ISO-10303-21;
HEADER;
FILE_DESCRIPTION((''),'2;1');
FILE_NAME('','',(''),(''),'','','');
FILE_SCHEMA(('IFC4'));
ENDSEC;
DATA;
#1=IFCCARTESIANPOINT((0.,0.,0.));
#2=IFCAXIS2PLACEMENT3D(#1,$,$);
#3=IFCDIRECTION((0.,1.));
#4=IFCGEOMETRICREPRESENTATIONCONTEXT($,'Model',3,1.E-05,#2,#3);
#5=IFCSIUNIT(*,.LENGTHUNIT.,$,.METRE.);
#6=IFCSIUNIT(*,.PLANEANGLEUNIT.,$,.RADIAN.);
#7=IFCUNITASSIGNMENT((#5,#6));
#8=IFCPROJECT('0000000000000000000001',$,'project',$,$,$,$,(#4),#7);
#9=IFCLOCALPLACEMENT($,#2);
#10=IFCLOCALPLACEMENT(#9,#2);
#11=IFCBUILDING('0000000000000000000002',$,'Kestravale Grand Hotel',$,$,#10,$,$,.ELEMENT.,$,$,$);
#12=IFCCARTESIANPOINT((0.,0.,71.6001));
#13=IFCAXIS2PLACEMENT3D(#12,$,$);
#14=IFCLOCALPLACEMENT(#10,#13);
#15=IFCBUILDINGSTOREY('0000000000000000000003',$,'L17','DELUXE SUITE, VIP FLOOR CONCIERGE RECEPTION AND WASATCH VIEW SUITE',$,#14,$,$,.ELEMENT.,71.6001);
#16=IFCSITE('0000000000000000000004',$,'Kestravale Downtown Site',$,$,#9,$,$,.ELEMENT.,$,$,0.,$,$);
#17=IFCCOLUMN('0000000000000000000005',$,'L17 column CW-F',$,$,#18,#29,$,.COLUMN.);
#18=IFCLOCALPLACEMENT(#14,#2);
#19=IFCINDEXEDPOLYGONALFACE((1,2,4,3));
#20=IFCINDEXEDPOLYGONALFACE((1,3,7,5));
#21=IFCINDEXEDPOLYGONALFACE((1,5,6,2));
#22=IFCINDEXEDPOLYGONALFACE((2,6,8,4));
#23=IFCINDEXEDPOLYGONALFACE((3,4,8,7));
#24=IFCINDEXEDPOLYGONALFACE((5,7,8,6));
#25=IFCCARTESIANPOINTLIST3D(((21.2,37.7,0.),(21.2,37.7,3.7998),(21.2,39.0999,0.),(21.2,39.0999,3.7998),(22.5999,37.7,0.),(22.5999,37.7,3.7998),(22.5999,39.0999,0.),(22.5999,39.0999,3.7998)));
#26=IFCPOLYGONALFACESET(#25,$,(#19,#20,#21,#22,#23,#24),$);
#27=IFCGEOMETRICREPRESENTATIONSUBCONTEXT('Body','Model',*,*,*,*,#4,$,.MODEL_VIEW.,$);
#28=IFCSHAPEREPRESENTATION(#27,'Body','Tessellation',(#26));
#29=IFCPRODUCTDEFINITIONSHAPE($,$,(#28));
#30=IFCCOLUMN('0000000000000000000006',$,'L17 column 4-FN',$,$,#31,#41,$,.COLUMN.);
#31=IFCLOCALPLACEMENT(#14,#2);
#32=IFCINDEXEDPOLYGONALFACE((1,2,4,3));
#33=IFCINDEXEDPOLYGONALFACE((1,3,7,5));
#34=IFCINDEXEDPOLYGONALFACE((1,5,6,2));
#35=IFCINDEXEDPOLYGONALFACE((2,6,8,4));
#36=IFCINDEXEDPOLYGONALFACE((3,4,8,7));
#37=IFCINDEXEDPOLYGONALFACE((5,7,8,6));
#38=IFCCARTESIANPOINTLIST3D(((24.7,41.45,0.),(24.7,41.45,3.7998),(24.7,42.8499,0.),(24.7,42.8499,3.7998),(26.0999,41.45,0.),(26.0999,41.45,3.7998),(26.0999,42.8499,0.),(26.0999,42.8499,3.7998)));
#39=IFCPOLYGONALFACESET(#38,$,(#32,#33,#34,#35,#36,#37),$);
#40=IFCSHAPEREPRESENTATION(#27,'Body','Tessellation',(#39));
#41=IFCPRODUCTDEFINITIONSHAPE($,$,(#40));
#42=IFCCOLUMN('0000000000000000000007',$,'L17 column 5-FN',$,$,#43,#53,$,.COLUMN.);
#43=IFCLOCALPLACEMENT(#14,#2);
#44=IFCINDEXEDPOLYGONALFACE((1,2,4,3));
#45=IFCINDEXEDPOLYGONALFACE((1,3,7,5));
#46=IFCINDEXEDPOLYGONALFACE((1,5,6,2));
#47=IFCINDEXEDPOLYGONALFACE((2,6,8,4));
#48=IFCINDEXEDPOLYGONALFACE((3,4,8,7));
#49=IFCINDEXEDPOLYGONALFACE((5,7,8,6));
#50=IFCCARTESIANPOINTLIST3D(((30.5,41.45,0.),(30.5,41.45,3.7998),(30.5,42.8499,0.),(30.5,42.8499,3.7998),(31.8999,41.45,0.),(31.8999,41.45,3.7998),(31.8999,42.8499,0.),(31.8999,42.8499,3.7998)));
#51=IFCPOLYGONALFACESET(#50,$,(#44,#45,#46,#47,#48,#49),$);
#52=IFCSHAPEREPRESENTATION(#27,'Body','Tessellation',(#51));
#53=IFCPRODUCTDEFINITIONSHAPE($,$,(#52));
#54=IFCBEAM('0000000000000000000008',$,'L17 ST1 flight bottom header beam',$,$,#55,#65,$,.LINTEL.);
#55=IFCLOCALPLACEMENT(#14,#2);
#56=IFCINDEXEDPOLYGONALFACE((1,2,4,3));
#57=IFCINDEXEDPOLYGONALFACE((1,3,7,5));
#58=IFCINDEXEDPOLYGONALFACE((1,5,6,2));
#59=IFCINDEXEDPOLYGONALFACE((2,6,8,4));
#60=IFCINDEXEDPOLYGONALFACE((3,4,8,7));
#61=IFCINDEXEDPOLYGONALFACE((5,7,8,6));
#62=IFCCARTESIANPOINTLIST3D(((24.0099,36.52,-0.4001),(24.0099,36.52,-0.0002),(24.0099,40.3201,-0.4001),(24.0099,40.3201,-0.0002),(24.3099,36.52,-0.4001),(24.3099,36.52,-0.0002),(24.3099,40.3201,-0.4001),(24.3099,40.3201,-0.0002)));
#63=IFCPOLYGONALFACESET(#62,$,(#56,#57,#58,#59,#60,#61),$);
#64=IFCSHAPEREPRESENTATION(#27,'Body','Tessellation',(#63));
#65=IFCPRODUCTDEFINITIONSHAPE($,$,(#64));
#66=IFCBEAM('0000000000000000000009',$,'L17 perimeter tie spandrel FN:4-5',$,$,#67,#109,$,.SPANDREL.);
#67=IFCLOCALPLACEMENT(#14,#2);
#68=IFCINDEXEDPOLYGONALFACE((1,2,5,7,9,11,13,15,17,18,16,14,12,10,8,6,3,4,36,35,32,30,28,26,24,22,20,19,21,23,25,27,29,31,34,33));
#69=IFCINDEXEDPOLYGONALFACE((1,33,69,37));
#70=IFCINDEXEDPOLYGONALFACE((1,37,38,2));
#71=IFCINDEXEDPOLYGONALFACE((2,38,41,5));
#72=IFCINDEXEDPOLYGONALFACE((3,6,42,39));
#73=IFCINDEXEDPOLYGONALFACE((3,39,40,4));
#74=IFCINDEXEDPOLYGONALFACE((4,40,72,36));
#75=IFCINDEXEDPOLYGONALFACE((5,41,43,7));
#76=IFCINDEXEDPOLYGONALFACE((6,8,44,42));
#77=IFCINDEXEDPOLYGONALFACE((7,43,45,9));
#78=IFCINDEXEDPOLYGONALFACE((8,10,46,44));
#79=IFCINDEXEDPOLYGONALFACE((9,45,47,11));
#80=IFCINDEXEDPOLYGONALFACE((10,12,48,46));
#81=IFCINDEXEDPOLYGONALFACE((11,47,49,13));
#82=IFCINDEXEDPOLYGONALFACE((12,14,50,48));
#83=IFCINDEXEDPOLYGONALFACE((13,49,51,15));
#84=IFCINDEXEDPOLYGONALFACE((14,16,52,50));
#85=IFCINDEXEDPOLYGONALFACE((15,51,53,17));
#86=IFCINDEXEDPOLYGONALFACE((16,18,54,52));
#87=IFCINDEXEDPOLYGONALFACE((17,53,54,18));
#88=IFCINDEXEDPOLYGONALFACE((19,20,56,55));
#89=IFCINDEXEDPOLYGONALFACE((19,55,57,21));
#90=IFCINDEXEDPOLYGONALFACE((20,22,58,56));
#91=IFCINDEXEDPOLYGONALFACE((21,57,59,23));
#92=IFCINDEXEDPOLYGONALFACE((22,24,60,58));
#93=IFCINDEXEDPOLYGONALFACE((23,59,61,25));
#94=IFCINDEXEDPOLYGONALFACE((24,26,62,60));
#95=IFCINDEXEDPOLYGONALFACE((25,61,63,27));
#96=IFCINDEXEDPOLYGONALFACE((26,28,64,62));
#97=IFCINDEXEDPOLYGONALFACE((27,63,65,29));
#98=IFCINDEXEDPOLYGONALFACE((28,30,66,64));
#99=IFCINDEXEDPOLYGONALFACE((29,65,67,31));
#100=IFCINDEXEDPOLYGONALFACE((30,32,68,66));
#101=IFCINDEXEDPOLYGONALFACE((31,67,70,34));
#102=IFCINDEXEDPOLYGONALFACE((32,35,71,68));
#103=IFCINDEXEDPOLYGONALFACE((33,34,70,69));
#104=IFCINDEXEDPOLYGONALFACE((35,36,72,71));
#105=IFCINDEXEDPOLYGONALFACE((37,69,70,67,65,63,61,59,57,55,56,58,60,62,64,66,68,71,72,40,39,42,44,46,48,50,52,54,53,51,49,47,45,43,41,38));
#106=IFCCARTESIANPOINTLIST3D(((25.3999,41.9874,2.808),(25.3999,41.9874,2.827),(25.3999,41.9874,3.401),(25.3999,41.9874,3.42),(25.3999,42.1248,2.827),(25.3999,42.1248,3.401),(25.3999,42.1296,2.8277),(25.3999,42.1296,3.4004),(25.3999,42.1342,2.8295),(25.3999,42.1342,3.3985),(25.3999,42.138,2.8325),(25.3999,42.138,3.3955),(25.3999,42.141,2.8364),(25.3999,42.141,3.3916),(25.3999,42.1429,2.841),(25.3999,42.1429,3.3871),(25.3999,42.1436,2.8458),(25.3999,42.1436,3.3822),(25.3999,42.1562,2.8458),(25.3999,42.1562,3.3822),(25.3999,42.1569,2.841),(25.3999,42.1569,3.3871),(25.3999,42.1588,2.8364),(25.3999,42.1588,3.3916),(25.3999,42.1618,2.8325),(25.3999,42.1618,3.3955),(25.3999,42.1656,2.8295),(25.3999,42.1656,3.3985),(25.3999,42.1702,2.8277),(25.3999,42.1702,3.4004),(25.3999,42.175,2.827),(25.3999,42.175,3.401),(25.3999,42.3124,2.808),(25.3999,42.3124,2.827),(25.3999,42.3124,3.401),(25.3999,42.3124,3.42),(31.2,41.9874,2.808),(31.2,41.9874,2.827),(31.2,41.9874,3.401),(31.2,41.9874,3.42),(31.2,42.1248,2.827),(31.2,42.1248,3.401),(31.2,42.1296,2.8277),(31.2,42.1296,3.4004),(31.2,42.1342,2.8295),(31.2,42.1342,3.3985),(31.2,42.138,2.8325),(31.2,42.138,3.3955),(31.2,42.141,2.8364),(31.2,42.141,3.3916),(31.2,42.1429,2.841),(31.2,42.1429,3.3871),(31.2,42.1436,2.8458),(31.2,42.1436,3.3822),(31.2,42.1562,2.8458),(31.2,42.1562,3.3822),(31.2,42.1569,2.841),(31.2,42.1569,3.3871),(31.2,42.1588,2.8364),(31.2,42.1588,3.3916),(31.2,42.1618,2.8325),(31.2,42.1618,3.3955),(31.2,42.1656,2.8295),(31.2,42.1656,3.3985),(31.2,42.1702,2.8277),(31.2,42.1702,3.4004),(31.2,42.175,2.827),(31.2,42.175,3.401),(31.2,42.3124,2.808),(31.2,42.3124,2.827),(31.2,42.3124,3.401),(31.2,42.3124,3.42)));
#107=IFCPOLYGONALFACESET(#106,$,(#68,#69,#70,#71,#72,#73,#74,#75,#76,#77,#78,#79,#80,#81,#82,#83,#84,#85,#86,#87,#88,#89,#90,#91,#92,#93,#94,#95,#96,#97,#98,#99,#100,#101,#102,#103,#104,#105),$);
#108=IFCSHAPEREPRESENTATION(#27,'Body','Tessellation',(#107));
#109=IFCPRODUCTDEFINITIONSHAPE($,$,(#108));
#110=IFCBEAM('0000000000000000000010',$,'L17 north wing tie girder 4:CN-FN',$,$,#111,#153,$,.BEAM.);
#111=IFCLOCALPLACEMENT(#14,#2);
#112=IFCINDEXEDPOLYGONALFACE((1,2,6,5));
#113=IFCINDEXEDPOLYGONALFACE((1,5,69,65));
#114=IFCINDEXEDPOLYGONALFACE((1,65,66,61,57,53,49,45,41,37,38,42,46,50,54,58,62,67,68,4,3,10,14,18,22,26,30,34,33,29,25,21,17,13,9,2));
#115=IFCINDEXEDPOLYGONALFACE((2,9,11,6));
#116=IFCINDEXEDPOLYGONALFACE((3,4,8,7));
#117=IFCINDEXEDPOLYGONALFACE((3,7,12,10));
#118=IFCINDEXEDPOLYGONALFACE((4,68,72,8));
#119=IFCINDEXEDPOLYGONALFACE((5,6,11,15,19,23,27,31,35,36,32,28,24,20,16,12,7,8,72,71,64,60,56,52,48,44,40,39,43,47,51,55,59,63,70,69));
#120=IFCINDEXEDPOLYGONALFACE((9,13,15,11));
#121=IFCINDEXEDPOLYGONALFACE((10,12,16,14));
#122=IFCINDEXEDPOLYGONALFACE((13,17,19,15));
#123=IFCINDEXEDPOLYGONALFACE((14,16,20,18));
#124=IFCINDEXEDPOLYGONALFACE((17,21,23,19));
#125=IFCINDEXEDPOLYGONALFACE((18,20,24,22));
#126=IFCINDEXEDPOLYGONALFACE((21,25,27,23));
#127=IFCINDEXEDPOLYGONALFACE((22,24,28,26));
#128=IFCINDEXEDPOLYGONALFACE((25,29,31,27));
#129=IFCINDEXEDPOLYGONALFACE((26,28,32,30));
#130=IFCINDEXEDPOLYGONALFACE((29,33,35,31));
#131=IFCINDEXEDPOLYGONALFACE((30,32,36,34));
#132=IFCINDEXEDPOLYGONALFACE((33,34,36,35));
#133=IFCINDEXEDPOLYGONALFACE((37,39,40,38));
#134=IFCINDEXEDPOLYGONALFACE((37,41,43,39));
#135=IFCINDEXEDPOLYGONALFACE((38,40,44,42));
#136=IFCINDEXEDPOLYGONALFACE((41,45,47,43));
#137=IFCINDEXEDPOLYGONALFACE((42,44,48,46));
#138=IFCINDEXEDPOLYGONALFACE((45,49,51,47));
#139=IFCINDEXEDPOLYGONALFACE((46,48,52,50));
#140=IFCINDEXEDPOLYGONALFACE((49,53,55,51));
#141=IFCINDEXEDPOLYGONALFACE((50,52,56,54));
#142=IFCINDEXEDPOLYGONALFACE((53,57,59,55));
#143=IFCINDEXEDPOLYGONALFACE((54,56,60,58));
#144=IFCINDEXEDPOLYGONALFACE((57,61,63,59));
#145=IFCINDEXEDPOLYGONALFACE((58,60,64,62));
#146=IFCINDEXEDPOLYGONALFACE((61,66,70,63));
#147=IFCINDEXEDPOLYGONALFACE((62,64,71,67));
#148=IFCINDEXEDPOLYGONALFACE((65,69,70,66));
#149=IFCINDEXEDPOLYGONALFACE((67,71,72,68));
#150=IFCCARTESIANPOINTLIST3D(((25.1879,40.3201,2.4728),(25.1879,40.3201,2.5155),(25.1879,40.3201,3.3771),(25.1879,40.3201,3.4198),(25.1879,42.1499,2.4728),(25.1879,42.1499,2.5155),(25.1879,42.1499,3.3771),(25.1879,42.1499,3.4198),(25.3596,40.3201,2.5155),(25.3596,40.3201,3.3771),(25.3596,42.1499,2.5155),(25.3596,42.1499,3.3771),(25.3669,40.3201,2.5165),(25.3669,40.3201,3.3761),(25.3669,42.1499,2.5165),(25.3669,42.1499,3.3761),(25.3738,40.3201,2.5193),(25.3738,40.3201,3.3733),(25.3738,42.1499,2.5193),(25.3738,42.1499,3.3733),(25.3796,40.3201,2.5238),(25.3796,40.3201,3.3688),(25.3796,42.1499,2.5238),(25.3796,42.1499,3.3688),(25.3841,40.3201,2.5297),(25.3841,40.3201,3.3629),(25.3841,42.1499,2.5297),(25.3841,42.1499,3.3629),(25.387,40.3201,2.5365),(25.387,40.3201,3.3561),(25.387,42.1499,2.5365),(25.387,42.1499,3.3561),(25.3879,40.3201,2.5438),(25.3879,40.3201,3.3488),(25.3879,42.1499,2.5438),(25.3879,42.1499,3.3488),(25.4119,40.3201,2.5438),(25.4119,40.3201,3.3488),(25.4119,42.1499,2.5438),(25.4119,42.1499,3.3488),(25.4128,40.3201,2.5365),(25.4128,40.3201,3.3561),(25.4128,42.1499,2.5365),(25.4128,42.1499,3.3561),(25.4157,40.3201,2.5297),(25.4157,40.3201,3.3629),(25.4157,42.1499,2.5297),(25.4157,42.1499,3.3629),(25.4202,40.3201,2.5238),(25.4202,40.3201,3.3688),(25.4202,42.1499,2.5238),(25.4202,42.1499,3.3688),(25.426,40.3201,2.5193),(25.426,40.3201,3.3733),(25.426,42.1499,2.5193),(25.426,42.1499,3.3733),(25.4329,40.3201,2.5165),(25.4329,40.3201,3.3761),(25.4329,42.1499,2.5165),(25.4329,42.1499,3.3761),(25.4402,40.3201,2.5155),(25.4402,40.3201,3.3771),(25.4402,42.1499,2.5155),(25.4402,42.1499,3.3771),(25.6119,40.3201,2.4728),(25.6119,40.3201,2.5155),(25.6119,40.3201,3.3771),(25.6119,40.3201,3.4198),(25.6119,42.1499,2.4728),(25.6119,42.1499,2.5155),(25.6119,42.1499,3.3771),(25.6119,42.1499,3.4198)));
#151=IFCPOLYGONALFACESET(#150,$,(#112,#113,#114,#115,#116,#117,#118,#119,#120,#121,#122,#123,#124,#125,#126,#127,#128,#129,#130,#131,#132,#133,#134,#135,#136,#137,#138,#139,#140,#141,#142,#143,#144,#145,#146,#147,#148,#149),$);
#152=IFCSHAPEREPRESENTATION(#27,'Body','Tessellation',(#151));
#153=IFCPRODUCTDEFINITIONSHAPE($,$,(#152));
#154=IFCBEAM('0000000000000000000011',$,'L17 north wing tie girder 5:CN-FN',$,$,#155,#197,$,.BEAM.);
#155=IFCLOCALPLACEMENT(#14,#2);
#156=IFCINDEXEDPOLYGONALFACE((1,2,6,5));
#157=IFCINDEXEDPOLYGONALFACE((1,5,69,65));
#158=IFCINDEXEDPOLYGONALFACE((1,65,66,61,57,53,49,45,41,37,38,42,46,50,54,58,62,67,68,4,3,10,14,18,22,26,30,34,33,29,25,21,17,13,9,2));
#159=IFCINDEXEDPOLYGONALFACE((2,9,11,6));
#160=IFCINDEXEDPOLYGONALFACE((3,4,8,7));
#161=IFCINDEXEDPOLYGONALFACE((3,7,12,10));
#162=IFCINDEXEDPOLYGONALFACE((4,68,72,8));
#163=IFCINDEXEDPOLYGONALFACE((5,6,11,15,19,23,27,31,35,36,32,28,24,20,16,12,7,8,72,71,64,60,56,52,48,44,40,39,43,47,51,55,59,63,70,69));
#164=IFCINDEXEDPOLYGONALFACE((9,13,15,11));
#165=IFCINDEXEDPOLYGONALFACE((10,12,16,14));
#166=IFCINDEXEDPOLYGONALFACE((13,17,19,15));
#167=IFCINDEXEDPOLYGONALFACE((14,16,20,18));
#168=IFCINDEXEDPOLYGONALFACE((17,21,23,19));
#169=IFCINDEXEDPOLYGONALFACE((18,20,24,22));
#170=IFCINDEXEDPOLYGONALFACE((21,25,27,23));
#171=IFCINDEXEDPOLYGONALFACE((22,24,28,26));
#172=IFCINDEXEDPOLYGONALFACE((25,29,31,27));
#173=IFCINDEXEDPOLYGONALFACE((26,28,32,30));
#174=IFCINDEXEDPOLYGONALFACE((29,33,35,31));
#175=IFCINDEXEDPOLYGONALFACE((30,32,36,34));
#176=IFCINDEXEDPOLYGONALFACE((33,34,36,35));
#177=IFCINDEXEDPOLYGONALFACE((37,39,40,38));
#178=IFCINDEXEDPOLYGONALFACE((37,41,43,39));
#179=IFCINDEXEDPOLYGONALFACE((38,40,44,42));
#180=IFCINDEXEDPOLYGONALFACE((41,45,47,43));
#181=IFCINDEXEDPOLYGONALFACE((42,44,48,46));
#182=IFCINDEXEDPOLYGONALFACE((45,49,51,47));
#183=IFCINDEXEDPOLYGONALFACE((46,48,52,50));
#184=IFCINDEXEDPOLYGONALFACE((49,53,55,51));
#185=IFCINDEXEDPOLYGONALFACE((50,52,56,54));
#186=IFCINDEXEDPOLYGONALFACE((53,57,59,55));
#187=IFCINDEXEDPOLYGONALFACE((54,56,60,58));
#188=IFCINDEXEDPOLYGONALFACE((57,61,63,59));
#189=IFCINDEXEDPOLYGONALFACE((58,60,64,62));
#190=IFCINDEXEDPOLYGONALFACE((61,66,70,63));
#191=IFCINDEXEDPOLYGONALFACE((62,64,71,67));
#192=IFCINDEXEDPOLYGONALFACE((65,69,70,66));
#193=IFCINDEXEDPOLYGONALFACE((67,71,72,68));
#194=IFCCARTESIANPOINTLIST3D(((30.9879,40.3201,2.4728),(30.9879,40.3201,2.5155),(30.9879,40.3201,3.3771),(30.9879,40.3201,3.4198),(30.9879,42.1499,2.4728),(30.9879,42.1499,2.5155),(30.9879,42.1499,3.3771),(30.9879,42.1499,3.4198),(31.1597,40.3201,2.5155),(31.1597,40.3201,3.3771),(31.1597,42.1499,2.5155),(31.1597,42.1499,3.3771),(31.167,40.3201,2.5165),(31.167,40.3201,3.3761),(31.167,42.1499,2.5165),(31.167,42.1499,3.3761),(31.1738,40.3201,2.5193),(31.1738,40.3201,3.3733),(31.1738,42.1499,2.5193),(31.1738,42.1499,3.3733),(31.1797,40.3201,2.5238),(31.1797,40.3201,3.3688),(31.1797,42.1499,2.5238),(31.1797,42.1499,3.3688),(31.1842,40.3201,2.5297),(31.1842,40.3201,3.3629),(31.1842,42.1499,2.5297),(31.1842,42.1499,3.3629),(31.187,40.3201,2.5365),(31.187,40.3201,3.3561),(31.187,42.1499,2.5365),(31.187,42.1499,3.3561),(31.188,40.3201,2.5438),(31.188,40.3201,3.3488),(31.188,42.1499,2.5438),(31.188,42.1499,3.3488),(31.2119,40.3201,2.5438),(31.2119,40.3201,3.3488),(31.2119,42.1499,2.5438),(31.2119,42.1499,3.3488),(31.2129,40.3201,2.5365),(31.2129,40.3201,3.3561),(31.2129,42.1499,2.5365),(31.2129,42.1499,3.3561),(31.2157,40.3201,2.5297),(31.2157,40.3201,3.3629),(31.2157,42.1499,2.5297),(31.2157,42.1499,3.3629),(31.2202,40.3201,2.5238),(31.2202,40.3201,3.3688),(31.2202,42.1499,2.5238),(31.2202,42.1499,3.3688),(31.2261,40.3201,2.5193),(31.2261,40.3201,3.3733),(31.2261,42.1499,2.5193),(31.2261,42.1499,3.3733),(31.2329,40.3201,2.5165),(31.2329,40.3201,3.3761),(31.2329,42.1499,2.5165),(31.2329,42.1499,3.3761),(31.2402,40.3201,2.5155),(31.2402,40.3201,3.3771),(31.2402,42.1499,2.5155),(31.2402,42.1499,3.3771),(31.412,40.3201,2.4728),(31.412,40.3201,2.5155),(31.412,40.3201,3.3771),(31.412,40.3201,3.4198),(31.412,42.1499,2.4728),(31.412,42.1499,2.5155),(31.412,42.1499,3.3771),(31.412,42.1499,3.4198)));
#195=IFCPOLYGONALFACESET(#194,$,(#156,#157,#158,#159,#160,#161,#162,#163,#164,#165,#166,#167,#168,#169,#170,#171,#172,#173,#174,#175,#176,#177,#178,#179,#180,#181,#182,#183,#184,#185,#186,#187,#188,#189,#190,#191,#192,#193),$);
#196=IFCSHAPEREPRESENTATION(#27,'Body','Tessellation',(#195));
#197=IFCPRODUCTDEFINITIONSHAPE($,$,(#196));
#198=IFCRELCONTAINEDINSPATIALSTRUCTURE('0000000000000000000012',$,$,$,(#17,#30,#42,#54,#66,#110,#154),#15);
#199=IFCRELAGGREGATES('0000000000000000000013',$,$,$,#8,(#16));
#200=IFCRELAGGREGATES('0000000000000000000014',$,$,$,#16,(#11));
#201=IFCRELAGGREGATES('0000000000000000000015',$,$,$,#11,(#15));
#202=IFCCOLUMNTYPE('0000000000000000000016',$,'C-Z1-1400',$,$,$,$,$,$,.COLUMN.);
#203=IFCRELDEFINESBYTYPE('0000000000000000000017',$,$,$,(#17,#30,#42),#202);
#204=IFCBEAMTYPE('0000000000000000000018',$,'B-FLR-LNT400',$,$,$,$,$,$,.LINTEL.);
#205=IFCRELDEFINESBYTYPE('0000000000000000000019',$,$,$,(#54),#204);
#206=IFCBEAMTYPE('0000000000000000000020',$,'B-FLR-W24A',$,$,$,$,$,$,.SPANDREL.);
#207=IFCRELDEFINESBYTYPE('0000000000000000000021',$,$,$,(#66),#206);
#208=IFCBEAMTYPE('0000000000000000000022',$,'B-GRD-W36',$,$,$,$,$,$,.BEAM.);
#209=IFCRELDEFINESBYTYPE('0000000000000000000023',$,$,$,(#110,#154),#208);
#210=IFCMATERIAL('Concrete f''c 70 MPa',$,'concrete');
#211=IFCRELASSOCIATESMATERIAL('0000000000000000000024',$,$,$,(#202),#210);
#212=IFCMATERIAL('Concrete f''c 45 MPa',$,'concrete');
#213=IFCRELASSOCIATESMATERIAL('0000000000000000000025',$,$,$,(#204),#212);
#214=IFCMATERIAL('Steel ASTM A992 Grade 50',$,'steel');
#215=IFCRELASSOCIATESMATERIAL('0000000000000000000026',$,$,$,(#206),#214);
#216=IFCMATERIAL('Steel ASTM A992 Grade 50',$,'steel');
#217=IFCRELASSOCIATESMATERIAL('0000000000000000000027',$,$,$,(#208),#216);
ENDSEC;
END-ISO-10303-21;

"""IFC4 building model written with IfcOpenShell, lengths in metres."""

from ifc_helpers import new_model, si_unit, direction, frame, origin, origin_2d, place, context, subcontext, project, spatial, rectangle, i_section, extrude, material, material_profile, profile_set, type_object, element, save


model = new_model("IFC4")

# Units and contexts
model_context = context("Model", 3, precision=1e-05, world=origin(), true_north=direction((0.0, 1.0)))
body_context = subcontext(model_context, "Body", "Model", "MODEL_VIEW")
ifc_project = project(units=[si_unit("LENGTHUNIT", "METRE"), si_unit("PLANEANGLEUNIT", "RADIAN")], contexts=[model_context])

# Site, building, storey
site_placement = place(None, origin())
site = spatial("IfcSite", under=ifc_project, at=site_placement, Name="Kestravale Downtown Site", CompositionType="ELEMENT", RefElevation=0.0)
building_placement = place(site_placement, origin())
building = spatial("IfcBuilding", under=site, at=building_placement, Name="Kestravale Grand Hotel", CompositionType="ELEMENT")
storey_placement = place(building_placement, frame((0.0, 0.0, 71.6001)))
storey = spatial("IfcBuildingStorey", under=building, at=storey_placement, Name="L17", Description="DELUXE SUITE, VIP FLOOR CONCIERGE RECEPTION AND WASATCH VIEW SUITE", CompositionType="ELEMENT", Elevation=71.6001)

# Columns
ifc_material_1 = material(Name="Concrete f'c 70 MPa", Category="concrete")
ifc_material_profile_1 = material_profile(ifc_material_1, rectangle(XDim=1.3999, YDim=1.3999, at=origin_2d()))
ifc_profile_set_1 = profile_set([ifc_material_profile_1], Name="Concrete f'c 70 MPa")
column_type = type_object("IfcColumnType", Name="C-Z1-1400", PredefinedType="COLUMN", material=ifc_profile_set_1)
for number, where, z_axis, x_axis, name in (
    (1, (21.8999, 38.3999, 0.0), (0.0, 0.0, 1.0), (1.0, 0.0, 0.0), "L17 column CW-F"),
    (2, (25.3999, 42.1499, 0.0), (0.0, 0.0, 1.0), (1.0, 0.0, 0.0), "L17 column 4-FN"),
    (3, (31.2, 42.1499, 0.0), (0.0, 0.0, 1.0), (1.0, 0.0, 0.0), "L17 column 5-FN"),
):
    element("IfcColumn", number, at=place(storey_placement, frame(where, z_axis=z_axis, x_axis=x_axis)), inside=storey, type_object=column_type, Name=name, PredefinedType="COLUMN", context=body_context, shape_type="SweptSolid", body=[
        extrude(rectangle(XDim=1.3999, YDim=1.3999, at=origin_2d()), origin(), (0.0, 0.0, 1.0), 3.7998),
    ])

# Beams
ifc_material_2 = material(Name="Concrete f'c 45 MPa", Category="concrete")
ifc_material_profile_2 = material_profile(ifc_material_2, rectangle(XDim=0.3, YDim=0.3999, at=origin_2d()))
ifc_profile_set_2 = profile_set([ifc_material_profile_2], Name="Concrete f'c 45 MPa")
beam_type_1 = type_object("IfcBeamType", Name="B-FLR-LNT400", PredefinedType="LINTEL", material=ifc_profile_set_2)
beam_1_placement = place(storey_placement, frame((24.1599, 36.52, -0.2002), z_axis=(0.0, 1.0, 0.0), x_axis=(-1.0, 0.0, 0.0)))
element("IfcBeam", 4, at=beam_1_placement, inside=storey, type_object=beam_type_1, Name="L17 ST1 flight bottom header beam", PredefinedType="LINTEL", context=body_context, shape_type="SweptSolid", body=[
    extrude(rectangle(XDim=0.3, YDim=0.3999, at=origin_2d()), origin(), (0.0, 0.0, 1.0), 3.8),
])
ifc_material_3 = material(Name="Steel ASTM A992 Grade 50", Category="steel")
ifc_material_profile_3 = material_profile(ifc_material_3, i_section(OverallWidth=0.325, OverallDepth=0.6121, WebThickness=0.0127, FlangeThickness=0.019, FilletRadius=0.0188, at=origin_2d()))
ifc_profile_set_3 = profile_set([ifc_material_profile_3], Name="Steel ASTM A992 Grade 50")
beam_type_2 = type_object("IfcBeamType", Name="B-FLR-W24A", PredefinedType="SPANDREL", material=ifc_profile_set_3)
beam_2_placement = place(storey_placement, frame((25.3999, 42.1499, 3.114), z_axis=(1.0, 0.0, 0.0), x_axis=(0.0, 1.0, 0.0)))
element("IfcBeam", 5, at=beam_2_placement, inside=storey, type_object=beam_type_2, Name="L17 perimeter tie spandrel FN:4-5", PredefinedType="SPANDREL", context=body_context, shape_type="SweptSolid", body=[
    extrude(i_section(OverallWidth=0.325, OverallDepth=0.6121, WebThickness=0.0127, FlangeThickness=0.019, FilletRadius=0.0188, at=origin_2d()), origin(), (0.0, 0.0, 1.0), 5.8),
])
ifc_material_4 = material(Name="Steel ASTM A992 Grade 50", Category="steel")
ifc_material_profile_4 = material_profile(ifc_material_4, i_section(OverallWidth=0.4241, OverallDepth=0.947, WebThickness=0.0239, FlangeThickness=0.0427, FilletRadius=0.0283, at=origin_2d()))
ifc_profile_set_4 = profile_set([ifc_material_profile_4], Name="Steel ASTM A992 Grade 50")
beam_type_3 = type_object("IfcBeamType", Name="B-GRD-W36", PredefinedType="BEAM", material=ifc_profile_set_4)
for number, where, z_axis, x_axis, name in (
    (6, (25.3999, 40.3201, 2.9463), (0.0, 1.0, 0.0), (-1.0, 0.0, 0.0), "L17 north wing tie girder 4:CN-FN"),
    (7, (31.2, 40.3201, 2.9463), (0.0, 1.0, 0.0), (-1.0, 0.0, 0.0), "L17 north wing tie girder 5:CN-FN"),
):
    element("IfcBeam", number, at=place(storey_placement, frame(where, z_axis=z_axis, x_axis=x_axis)), inside=storey, type_object=beam_type_3, Name=name, PredefinedType="BEAM", context=body_context, shape_type="SweptSolid", body=[
        extrude(i_section(OverallWidth=0.4241, OverallDepth=0.947, WebThickness=0.0239, FlangeThickness=0.0427, FilletRadius=0.0283, at=origin_2d()), origin(), (0.0, 0.0, 1.0), 1.8298),
    ])

save(model, "model.ifc")
